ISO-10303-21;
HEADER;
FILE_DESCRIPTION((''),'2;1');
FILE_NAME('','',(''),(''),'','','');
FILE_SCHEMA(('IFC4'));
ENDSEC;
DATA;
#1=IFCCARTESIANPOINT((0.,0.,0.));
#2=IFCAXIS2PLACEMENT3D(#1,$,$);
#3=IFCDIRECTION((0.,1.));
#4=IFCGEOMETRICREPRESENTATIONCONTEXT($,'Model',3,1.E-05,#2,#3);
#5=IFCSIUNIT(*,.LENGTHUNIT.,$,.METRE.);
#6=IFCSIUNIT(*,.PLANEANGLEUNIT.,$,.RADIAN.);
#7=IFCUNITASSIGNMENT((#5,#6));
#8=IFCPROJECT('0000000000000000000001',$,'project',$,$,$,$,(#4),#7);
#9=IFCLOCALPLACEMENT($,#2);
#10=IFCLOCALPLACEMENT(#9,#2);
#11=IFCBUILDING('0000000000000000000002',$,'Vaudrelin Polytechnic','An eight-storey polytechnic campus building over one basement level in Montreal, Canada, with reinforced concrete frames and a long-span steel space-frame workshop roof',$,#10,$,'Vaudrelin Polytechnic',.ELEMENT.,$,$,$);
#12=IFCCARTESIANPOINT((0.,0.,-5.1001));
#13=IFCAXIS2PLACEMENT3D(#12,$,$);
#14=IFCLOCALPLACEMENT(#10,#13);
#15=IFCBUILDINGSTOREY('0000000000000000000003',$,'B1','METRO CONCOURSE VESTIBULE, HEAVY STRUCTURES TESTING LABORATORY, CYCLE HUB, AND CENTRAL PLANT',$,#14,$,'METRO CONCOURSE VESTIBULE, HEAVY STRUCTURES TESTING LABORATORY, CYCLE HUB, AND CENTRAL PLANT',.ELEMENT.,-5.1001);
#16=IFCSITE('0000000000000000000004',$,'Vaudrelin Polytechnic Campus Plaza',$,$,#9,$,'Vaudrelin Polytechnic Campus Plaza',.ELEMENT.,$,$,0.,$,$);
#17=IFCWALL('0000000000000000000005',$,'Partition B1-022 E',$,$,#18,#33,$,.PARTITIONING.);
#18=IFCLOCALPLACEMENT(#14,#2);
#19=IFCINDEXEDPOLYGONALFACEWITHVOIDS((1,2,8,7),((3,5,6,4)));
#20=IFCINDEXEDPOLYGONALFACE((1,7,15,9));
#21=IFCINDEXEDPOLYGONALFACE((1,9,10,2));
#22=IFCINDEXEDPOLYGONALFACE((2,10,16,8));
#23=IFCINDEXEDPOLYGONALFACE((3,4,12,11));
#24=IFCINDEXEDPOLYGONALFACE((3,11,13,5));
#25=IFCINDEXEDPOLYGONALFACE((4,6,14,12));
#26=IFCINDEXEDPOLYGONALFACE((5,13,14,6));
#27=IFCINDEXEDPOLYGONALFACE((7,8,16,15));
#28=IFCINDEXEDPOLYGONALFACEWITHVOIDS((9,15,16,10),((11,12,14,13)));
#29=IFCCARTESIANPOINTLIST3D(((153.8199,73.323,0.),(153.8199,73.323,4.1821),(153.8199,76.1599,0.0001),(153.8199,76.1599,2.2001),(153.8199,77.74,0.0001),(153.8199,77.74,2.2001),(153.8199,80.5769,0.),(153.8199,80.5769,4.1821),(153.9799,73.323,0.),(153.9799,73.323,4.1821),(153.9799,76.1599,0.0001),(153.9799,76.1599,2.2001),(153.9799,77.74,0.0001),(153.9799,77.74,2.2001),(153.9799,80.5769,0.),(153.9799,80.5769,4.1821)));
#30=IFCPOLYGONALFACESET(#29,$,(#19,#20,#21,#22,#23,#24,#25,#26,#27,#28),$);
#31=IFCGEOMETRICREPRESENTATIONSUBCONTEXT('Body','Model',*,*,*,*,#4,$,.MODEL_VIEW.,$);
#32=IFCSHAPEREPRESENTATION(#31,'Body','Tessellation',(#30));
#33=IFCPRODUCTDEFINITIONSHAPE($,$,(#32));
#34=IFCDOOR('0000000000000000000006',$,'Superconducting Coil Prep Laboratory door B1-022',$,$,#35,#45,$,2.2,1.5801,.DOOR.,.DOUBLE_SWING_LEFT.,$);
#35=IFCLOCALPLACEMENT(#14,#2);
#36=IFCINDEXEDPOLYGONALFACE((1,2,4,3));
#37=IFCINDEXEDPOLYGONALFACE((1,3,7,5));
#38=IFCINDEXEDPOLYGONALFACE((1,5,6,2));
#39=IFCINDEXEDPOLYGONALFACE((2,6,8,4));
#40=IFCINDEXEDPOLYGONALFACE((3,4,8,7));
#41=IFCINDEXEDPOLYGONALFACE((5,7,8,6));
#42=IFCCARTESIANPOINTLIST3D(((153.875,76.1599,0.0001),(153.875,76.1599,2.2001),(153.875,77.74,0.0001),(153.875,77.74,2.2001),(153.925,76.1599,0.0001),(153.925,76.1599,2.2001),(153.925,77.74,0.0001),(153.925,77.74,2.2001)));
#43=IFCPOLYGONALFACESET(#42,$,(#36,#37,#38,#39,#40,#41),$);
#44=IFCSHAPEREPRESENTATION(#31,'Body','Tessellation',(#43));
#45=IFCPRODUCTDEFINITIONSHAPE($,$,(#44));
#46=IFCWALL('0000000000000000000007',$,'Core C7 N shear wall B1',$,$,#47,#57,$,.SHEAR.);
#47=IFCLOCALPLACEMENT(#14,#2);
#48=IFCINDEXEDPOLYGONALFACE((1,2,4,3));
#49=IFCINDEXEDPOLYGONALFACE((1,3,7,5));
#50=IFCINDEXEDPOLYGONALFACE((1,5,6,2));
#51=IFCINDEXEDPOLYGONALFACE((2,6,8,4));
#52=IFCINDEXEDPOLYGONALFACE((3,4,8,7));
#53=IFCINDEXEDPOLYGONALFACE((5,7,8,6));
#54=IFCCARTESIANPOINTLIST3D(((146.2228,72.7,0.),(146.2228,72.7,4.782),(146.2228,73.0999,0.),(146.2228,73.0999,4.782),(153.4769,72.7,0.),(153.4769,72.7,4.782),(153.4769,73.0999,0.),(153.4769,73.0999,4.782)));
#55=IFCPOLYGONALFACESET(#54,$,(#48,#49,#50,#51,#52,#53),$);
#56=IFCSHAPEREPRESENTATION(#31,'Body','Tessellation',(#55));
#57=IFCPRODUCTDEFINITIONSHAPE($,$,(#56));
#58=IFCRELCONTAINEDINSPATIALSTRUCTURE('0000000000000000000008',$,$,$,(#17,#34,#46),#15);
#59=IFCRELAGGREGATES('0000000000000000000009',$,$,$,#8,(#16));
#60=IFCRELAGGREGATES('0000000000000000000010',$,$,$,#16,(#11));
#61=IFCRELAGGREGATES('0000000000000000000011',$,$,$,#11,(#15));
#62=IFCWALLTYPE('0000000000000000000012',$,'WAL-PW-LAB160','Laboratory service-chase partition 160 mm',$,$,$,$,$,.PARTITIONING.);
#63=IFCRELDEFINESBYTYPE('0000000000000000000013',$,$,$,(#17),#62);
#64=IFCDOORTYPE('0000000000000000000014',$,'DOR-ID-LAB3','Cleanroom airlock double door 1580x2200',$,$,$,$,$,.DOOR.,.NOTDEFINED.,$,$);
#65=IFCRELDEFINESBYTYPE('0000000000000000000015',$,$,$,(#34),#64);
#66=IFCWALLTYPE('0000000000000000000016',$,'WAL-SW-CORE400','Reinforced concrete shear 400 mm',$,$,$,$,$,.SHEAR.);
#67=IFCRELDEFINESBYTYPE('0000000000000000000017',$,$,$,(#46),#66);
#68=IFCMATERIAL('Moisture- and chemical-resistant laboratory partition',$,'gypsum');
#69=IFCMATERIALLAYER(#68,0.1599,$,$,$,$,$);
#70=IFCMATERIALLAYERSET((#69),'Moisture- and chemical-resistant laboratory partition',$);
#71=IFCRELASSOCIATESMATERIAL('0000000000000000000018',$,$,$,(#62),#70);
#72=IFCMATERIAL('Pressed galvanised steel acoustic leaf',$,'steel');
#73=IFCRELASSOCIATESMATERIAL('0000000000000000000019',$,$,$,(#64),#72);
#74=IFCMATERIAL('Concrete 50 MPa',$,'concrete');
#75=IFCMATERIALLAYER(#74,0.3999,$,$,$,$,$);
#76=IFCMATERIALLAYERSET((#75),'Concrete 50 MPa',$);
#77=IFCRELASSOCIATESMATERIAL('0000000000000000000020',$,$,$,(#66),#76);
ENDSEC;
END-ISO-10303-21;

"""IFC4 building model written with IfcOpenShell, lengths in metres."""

from ifc_helpers import new_model, si_unit, direction, frame, frame_2d, origin, place, context, subcontext, project, spatial, rectangle, extrude, material, layer, layer_set, type_object, element, fill, save


model = new_model("IFC4")

# Units and contexts
model_context = context("Model", 3, precision=1e-05, world=origin(), true_north=direction((0.0, 1.0)))
body_context = subcontext(model_context, "Body", "Model", "MODEL_VIEW")
ifc_project = project(units=[si_unit("LENGTHUNIT", "METRE"), si_unit("PLANEANGLEUNIT", "RADIAN")], contexts=[model_context])

# Site, building, storey
site_placement = place(None, origin())
site = spatial("IfcSite", under=ifc_project, at=site_placement, Name="Vaudrelin Polytechnic Campus Plaza", LongName="Vaudrelin Polytechnic Campus Plaza", CompositionType="ELEMENT", RefElevation=0.0)
building_placement = place(site_placement, origin())
building = spatial("IfcBuilding", under=site, at=building_placement, Name="Vaudrelin Polytechnic", Description="An eight-storey polytechnic campus building over one basement level in Montreal, Canada, with reinforced concrete frames and a long-span steel space-frame workshop roof", LongName="Vaudrelin Polytechnic", CompositionType="ELEMENT")
storey_placement = place(building_placement, frame((0.0, 0.0, -5.1001)))
storey = spatial("IfcBuildingStorey", under=building, at=storey_placement, Name="B1", Description="METRO CONCOURSE VESTIBULE, HEAVY STRUCTURES TESTING LABORATORY, CYCLE HUB, AND CENTRAL PLANT", LongName="METRO CONCOURSE VESTIBULE, HEAVY STRUCTURES TESTING LABORATORY, CYCLE HUB, AND CENTRAL PLANT", CompositionType="ELEMENT", Elevation=-5.1001)

# Shared definitions
ifc_material_1 = material(Name="Concrete 50 MPa", Category="concrete")

# Shared definitions
ifc_material_2 = material(Name="Moisture- and chemical-resistant laboratory partition", Category="gypsum")
ifc_layer_1 = layer(ifc_material_2, 0.1599)
ifc_layer_set_1 = layer_set([ifc_layer_1], Name="Moisture- and chemical-resistant laboratory partition")
wall_type_1 = type_object("IfcWallType", Name="WAL-PW-LAB160", Description="Laboratory service-chase partition 160 mm", PredefinedType="PARTITIONING", material=ifc_layer_set_1)

# Wall, opening, door
wall_1_placement = place(storey_placement, frame((153.8999, 73.323, 0.0), z_axis=(0.0, 0.0, 1.0), x_axis=(0.0, 1.0, 0.0)))
wall_1 = element("IfcWall", 1, at=wall_1_placement, inside=storey, type_object=wall_type_1, Name="Partition B1-022 E", PredefinedType="PARTITIONING", context=body_context, shape_type="SweptSolid", body=[
    extrude(rectangle(XDim=7.2539, YDim=0.1599, at=frame_2d((3.627, 0.0))), origin(), (0.0, 0.0, 1.0), 4.1821),
])
opening_placement = place(wall_1_placement, frame((2.8369, 0.0, 0.0)))
opening = element("IfcOpeningElement", 2, at=opening_placement, cuts=wall_1, PredefinedType="OPENING", context=body_context, shape_type="SweptSolid", body=[
    extrude(rectangle(XDim=1.5801, YDim=2.2, at=frame_2d((0.79, 1.1001))), frame((0.0, 0.0898, 0.0), z_axis=(0.0, -1.0, 0.0), x_axis=(1.0, 0.0, 0.0)), (0.0, 0.0, 1.0), 0.1799),
])
ifc_material_3 = material(Name="Pressed galvanised steel acoustic leaf", Category="steel")
door_type = type_object("IfcDoorType", Name="DOR-ID-LAB3", Description="Cleanroom airlock double door 1580x2200", OperationType="NOTDEFINED", PredefinedType="DOOR", material=ifc_material_3)
door_placement = place(opening_placement, origin())
door = element("IfcDoor", 3, at=door_placement, inside=storey, type_object=door_type, Name="Superconducting Coil Prep Laboratory door B1-022", OperationType="DOUBLE_SWING_LEFT", OverallHeight=2.2, OverallWidth=1.5801, PredefinedType="DOOR", context=body_context, shape_type="SweptSolid", body=[
    extrude(rectangle(XDim=1.5801, YDim=2.2, at=frame_2d((0.79, 1.1001))), frame((0.0, 0.0249, 0.0), z_axis=(0.0, -1.0, 0.0), x_axis=(1.0, 0.0, 0.0)), (0.0, 0.0, 1.0), 0.05),
])
fill(opening, door)

# Wall
ifc_layer_2 = layer(ifc_material_1, 0.3999)
ifc_layer_set_2 = layer_set([ifc_layer_2], Name="Concrete 50 MPa")
wall_type_2 = type_object("IfcWallType", Name="WAL-SW-CORE400", Description="Reinforced concrete shear 400 mm", PredefinedType="SHEAR", material=ifc_layer_set_2)
wall_2_placement = place(storey_placement, frame((146.2229, 72.8999, 0.0), z_axis=(0.0, 0.0, 1.0), x_axis=(1.0, 0.0, 0.0)))
element("IfcWall", 4, at=wall_2_placement, inside=storey, type_object=wall_type_2, Name="Core C7 N shear wall B1", PredefinedType="SHEAR", context=body_context, shape_type="SweptSolid", body=[
    extrude(rectangle(XDim=7.2542, YDim=0.3999, at=frame_2d((3.627, 0.0))), origin(), (0.0, 0.0, 1.0), 4.782),
])

save(model, "model.ifc")
